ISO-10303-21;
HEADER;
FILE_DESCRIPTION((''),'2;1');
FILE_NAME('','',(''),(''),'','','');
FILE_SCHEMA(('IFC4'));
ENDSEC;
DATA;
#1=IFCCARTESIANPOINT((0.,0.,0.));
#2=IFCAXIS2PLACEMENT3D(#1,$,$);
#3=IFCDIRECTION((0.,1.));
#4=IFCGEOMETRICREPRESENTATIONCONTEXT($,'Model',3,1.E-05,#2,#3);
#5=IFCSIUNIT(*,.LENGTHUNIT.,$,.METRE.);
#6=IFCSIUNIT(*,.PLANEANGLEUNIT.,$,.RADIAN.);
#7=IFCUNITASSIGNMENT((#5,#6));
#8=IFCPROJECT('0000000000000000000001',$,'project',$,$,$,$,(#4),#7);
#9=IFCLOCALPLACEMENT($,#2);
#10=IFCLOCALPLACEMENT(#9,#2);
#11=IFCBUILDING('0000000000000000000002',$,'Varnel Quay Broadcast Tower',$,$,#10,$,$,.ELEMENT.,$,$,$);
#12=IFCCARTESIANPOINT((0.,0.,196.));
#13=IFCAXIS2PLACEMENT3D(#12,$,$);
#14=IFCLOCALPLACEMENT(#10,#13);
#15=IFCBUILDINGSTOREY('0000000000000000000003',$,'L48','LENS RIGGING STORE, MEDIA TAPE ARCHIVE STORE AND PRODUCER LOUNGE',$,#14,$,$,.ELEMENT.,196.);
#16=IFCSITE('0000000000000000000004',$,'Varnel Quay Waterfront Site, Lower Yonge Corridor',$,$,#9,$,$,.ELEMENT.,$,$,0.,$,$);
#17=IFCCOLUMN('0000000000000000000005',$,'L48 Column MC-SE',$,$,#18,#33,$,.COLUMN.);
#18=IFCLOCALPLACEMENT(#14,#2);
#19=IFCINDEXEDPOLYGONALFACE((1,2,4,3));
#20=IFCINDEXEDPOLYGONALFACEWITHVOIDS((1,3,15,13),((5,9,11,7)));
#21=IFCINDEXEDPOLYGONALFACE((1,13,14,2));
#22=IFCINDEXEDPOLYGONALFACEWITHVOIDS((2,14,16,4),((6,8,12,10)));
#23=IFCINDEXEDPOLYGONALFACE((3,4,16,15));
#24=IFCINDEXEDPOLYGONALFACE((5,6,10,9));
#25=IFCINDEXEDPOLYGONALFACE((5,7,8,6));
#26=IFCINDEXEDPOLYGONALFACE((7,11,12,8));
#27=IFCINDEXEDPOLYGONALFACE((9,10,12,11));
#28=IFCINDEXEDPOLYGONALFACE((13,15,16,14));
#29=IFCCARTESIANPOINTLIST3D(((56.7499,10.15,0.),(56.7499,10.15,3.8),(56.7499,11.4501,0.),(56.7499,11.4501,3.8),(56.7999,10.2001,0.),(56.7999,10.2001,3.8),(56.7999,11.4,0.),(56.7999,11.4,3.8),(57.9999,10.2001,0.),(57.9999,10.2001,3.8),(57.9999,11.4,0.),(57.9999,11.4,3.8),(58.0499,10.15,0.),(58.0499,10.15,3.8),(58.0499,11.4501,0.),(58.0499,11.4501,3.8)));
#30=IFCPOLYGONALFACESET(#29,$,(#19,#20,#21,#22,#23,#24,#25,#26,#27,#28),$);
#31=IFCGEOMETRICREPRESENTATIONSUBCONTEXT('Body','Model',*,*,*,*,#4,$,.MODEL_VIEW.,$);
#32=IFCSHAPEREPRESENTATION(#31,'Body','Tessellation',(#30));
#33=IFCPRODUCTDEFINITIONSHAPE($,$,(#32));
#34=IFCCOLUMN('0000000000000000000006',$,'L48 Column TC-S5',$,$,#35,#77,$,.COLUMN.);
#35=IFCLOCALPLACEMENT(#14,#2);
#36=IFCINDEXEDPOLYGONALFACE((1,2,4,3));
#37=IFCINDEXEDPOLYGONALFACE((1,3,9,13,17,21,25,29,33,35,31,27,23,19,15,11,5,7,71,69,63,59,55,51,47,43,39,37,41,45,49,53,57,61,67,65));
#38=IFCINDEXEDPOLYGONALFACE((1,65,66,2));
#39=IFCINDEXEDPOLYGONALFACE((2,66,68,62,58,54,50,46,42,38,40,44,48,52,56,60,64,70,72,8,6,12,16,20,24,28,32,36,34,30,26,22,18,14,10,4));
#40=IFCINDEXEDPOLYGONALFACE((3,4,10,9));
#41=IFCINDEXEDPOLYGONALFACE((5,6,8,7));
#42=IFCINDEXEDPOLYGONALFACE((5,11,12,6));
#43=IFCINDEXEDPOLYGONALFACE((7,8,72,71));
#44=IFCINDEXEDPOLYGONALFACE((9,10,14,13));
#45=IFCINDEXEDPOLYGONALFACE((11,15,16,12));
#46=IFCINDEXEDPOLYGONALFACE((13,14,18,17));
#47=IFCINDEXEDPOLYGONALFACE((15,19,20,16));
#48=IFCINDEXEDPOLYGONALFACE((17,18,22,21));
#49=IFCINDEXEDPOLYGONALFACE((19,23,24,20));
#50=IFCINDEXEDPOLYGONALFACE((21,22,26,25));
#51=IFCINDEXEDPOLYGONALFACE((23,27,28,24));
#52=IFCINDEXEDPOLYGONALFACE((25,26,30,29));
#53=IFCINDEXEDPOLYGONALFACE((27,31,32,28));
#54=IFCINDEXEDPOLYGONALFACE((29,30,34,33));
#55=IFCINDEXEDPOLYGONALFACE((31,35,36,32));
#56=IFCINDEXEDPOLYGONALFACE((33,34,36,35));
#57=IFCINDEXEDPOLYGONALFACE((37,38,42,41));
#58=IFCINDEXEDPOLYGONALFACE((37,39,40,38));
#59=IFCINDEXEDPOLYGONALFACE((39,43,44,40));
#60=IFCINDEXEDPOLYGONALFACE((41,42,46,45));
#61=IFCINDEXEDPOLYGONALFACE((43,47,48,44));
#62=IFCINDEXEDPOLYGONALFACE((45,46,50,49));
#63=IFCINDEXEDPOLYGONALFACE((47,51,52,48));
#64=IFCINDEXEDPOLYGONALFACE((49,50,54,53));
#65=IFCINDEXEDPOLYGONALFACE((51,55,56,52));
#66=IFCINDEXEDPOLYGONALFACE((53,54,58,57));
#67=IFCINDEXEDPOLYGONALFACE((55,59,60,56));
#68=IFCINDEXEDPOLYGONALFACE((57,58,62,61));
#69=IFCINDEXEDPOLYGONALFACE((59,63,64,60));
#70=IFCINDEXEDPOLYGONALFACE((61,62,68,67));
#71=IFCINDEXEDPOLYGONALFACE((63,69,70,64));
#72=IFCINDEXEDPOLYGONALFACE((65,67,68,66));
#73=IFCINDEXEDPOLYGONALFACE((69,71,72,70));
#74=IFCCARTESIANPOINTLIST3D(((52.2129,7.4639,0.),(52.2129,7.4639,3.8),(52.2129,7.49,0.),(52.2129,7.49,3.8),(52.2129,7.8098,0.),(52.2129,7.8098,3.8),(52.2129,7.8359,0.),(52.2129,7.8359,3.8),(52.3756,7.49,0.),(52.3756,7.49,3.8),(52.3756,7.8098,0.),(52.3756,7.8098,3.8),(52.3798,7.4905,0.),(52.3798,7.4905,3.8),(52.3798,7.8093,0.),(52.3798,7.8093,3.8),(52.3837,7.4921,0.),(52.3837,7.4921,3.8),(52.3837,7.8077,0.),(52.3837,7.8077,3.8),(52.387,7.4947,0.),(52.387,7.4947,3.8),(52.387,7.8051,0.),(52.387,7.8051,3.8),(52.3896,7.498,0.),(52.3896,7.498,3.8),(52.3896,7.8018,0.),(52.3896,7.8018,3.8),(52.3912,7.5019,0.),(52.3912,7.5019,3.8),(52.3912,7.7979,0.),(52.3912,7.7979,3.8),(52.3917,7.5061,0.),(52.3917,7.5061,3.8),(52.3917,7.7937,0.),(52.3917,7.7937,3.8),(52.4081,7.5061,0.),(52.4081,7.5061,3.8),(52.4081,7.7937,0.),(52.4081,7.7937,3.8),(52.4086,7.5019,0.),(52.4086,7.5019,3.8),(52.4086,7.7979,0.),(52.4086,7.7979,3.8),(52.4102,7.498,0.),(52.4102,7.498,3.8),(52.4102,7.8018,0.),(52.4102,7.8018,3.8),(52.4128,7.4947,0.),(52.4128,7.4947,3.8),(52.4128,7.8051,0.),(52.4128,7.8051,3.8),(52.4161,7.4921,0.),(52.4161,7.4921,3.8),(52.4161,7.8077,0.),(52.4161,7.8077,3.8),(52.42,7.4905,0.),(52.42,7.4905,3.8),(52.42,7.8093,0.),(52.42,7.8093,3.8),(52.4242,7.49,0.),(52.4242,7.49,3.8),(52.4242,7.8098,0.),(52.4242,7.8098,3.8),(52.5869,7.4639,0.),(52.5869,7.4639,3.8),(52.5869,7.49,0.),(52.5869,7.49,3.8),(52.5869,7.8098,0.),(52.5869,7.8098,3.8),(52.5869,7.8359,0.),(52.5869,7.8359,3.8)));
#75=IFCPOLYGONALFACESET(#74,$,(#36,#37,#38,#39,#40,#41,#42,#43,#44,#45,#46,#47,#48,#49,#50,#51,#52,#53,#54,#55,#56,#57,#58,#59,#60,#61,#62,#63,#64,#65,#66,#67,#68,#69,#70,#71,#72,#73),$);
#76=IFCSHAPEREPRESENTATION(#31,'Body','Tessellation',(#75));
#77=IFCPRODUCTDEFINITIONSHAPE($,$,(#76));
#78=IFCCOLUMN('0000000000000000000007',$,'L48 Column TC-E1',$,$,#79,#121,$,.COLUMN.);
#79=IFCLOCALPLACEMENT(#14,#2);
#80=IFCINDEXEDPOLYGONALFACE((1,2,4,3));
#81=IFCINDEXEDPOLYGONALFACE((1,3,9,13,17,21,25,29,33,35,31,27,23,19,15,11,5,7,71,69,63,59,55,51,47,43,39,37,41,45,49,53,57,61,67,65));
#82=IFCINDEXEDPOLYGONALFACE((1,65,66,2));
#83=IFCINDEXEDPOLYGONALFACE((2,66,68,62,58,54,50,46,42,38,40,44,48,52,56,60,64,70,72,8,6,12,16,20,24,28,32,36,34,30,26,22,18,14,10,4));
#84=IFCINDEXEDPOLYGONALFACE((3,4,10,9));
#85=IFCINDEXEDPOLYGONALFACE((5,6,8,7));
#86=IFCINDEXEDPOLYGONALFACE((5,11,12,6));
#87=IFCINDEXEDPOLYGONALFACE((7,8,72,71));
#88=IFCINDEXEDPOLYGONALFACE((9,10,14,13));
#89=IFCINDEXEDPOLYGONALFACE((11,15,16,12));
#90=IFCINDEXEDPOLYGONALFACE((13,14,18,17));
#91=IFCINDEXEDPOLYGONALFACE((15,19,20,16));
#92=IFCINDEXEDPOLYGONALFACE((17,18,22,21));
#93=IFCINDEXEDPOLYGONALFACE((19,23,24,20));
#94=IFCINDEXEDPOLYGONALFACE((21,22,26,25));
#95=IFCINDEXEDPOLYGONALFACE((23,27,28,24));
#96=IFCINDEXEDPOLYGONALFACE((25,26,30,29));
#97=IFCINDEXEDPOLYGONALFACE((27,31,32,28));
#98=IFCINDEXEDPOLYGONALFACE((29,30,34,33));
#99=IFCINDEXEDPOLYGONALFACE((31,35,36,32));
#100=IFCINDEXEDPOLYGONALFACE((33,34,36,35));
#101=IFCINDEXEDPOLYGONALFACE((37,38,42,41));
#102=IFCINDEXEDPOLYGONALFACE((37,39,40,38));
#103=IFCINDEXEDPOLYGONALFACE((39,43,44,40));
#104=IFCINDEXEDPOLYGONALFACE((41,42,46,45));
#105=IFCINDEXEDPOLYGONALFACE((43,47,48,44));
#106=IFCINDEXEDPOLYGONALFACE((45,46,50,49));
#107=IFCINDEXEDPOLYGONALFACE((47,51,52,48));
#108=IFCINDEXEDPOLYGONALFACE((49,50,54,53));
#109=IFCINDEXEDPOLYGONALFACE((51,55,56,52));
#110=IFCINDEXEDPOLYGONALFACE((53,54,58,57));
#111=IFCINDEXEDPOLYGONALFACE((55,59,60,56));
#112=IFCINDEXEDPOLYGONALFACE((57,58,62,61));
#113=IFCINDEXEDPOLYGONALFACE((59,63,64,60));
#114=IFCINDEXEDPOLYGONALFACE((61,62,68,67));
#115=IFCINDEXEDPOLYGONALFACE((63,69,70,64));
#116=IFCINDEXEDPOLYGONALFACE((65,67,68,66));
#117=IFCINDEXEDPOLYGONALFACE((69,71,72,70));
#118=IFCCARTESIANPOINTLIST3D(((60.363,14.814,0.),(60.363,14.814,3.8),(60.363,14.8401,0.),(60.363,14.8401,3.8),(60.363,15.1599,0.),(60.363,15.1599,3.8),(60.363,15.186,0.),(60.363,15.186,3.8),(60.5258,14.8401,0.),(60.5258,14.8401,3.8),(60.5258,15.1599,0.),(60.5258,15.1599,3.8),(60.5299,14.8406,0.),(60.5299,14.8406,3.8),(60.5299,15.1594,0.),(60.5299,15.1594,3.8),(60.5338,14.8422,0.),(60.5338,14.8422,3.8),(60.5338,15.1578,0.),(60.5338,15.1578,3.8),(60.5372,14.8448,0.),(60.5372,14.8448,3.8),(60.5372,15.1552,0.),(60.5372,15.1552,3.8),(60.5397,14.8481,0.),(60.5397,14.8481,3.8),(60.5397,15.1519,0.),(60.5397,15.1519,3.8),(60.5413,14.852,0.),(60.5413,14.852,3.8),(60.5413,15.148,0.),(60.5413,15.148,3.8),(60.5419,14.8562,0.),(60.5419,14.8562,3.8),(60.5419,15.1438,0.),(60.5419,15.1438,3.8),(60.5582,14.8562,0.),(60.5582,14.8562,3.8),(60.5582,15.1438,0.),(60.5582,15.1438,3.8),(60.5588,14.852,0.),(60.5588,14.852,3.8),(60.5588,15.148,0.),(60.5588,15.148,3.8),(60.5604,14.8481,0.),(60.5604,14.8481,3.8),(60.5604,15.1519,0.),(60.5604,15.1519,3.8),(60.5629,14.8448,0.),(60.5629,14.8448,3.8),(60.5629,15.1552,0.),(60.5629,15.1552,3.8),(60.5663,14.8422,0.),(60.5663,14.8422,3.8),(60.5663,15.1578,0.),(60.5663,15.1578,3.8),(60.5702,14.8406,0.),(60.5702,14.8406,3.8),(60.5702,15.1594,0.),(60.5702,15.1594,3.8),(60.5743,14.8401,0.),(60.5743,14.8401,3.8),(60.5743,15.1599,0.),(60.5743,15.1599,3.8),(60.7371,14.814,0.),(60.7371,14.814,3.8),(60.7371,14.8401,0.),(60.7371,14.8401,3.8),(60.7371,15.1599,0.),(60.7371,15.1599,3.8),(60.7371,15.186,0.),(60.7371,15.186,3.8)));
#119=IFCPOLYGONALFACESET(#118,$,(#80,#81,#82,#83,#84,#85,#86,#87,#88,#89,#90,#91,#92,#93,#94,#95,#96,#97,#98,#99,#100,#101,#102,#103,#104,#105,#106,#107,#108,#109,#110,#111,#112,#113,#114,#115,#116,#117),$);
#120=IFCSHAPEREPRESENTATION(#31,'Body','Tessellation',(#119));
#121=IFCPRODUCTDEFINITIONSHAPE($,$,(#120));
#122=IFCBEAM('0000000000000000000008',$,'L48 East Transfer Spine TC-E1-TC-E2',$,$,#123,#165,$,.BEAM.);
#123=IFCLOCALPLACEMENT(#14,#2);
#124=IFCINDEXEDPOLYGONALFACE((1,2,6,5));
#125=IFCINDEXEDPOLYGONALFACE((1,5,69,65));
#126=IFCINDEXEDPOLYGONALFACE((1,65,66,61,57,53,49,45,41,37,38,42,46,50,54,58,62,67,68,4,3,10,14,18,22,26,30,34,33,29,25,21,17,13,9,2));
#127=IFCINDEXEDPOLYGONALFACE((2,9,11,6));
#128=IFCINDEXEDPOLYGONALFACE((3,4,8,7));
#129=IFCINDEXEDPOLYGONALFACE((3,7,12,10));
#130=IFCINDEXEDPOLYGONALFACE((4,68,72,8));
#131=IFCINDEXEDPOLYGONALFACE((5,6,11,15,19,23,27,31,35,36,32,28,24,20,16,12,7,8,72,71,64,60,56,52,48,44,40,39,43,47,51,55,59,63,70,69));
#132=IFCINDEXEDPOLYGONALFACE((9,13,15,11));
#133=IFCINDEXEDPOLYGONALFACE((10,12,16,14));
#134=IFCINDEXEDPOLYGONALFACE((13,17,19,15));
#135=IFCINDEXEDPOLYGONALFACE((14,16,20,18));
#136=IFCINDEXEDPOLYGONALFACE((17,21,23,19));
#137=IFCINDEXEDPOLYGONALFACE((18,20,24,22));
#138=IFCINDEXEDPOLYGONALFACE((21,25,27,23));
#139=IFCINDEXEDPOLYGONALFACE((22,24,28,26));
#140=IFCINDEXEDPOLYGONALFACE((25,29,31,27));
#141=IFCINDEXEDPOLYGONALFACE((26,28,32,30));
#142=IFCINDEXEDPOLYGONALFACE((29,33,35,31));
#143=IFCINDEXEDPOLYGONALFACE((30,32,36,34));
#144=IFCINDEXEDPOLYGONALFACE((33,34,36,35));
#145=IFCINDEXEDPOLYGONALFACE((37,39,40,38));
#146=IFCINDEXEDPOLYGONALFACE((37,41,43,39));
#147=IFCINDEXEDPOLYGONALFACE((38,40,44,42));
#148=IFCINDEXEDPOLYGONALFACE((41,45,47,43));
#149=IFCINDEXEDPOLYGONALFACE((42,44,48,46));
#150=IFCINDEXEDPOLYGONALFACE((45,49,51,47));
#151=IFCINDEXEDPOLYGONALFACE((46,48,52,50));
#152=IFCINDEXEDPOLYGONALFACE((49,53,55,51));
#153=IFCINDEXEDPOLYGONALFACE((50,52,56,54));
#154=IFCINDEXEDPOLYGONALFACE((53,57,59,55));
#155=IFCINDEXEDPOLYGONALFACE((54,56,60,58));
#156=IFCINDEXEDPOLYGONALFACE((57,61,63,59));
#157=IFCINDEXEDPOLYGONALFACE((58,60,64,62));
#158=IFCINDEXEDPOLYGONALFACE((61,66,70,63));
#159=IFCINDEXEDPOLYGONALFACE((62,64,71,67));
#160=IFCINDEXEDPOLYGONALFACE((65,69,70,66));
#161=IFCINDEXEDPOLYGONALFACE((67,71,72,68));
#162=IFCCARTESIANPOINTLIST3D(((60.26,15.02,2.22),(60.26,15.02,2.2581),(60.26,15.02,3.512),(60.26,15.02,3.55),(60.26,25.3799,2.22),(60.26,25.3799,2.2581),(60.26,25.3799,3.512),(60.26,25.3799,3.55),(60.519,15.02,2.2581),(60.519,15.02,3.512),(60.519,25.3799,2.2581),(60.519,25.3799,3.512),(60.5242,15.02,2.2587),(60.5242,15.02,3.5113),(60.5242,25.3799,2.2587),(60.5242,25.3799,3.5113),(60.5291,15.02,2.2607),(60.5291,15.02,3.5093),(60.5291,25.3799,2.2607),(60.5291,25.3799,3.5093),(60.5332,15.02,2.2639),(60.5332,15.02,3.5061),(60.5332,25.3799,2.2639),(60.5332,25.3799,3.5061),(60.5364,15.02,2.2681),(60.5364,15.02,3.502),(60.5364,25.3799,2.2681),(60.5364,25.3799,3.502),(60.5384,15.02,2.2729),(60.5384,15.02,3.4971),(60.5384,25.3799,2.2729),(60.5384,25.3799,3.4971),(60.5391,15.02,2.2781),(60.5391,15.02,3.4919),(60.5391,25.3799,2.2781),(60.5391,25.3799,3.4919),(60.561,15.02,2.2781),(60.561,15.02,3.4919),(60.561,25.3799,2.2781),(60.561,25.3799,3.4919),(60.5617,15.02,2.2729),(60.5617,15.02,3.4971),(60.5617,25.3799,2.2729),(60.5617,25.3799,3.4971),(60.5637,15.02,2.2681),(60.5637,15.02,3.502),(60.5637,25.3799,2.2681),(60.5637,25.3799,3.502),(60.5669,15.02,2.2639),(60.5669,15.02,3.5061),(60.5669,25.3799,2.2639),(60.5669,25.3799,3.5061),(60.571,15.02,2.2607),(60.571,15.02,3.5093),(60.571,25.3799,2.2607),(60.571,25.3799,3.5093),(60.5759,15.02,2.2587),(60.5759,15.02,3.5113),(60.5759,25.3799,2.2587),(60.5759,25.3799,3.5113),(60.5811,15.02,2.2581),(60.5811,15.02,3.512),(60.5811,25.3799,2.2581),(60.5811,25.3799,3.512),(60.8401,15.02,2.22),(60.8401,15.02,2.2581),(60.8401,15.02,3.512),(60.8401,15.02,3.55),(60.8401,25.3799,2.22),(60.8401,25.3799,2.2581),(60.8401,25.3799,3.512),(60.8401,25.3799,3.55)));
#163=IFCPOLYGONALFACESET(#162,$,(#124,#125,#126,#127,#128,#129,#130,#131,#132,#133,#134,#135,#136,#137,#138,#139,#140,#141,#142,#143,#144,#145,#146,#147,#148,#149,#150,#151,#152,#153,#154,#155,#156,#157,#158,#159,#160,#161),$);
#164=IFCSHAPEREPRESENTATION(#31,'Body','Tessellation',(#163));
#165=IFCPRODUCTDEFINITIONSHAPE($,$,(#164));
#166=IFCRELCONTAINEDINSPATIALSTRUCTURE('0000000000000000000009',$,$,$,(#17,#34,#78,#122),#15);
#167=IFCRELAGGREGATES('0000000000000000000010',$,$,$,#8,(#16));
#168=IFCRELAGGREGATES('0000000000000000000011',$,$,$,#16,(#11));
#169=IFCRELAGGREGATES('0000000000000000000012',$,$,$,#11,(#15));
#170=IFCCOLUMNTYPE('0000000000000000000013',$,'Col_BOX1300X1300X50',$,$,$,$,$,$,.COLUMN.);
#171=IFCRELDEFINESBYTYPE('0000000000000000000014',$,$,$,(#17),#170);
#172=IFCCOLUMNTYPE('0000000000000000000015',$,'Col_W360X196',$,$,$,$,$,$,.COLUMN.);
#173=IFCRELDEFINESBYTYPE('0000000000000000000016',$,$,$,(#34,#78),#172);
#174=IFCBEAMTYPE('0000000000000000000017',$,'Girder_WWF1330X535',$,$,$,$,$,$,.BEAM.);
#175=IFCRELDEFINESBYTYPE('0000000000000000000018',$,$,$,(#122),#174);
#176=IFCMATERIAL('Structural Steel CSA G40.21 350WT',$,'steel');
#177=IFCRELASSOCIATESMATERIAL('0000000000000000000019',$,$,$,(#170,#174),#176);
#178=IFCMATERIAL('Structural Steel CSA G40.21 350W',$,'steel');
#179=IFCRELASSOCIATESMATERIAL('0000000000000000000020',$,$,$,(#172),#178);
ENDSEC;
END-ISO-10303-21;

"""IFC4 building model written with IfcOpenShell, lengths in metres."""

from ifc_helpers import new_model, si_unit, direction, frame, origin, origin_2d, place, context, subcontext, project, spatial, hollow_rectangle, i_section, extrude, source, transform, mapped, material, material_profile, profile_set, type_object, type_shapes, element, save


model = new_model("IFC4")

# Units and contexts
model_context = context("Model", 3, precision=1e-05, world=origin(), true_north=direction((0.0, 1.0)))
body_context = subcontext(model_context, "Body", "Model", "MODEL_VIEW")
ifc_project = project(units=[si_unit("LENGTHUNIT", "METRE"), si_unit("PLANEANGLEUNIT", "RADIAN")], contexts=[model_context])

# Site, building, storey
site_placement = place(None, origin())
site = spatial("IfcSite", under=ifc_project, at=site_placement, Name="Varnel Quay Waterfront Site, Lower Yonge Corridor", CompositionType="ELEMENT", RefElevation=0.0)
building_placement = place(site_placement, origin())
building = spatial("IfcBuilding", under=site, at=building_placement, Name="Varnel Quay Broadcast Tower", CompositionType="ELEMENT")
storey_placement = place(building_placement, frame((0.0, 0.0, 196.0)))
storey = spatial("IfcBuildingStorey", under=building, at=storey_placement, Name="L48", Description="LENS RIGGING STORE, MEDIA TAPE ARCHIVE STORE AND PRODUCER LOUNGE", CompositionType="ELEMENT", Elevation=196.0)

# Columns
ifc_material_1 = material(Name="Structural Steel CSA G40.21 350WT", Category="steel")
ifc_material_profile_1 = material_profile(ifc_material_1, hollow_rectangle(XDim=1.3, YDim=1.3, WallThickness=0.05, at=origin_2d()), Name="BOX1300X1300X50")
ifc_profile_set_1 = profile_set([ifc_material_profile_1], Name="Structural Steel CSA G40.21 350WT")
column_type_1 = type_object("IfcColumnType", Name="Col_BOX1300X1300X50", PredefinedType="COLUMN", material=ifc_profile_set_1)
shared_shape_1 = source(origin(), body_context, "Body", "SweptSolid", [
    extrude(hollow_rectangle(XDim=1.3, YDim=1.3, WallThickness=0.05, at=origin_2d()), origin(), (0.0, 0.0, 1.0), 3.8),
])
type_shapes(column_type_1, [shared_shape_1])
column_placement = place(storey_placement, frame((57.3999, 10.8, 0.0), z_axis=(0.0, 0.0, 1.0), x_axis=(1.0, 0.0, 0.0)))
element("IfcColumn", 1, at=column_placement, inside=storey, type_object=column_type_1, Name="L48 Column MC-SE", PredefinedType="COLUMN", context=body_context, shape_type="MappedRepresentation", body=[
    mapped(shared_shape_1, transform((0.0, 0.0, 0.0), x_axis=(1.0, 0.0, 0.0), y_axis=(0.0, 1.0, 0.0), z_axis=(0.0, 0.0, 1.0), scale=1.0)),
])
ifc_material_2 = material(Name="Structural Steel CSA G40.21 350W", Category="steel")
ifc_material_profile_2 = material_profile(ifc_material_2, i_section(OverallWidth=0.374, OverallDepth=0.3721, WebThickness=0.0164, FlangeThickness=0.0261, FilletRadius=0.0161, at=origin_2d()), Name="W360X196")
ifc_profile_set_2 = profile_set([ifc_material_profile_2], Name="Structural Steel CSA G40.21 350W")
column_type_2 = type_object("IfcColumnType", Name="Col_W360X196", PredefinedType="COLUMN", material=ifc_profile_set_2)
shared_shape_2 = source(origin(), body_context, "Body", "SweptSolid", [
    extrude(i_section(OverallWidth=0.374, OverallDepth=0.3721, WebThickness=0.0164, FlangeThickness=0.0261, FilletRadius=0.0161, at=origin_2d()), origin(), (0.0, 0.0, 1.0), 3.8),
])
type_shapes(column_type_2, [shared_shape_2])
for number, where, z_axis, x_axis, name in (
    (2, (52.3999, 7.6499, 0.0), (0.0, 0.0, 1.0), (1.0, 0.0, 0.0), "L48 Column TC-S5"),
    (3, (60.55, 15.0, 0.0), (0.0, 0.0, 1.0), (1.0, 0.0, 0.0), "L48 Column TC-E1"),
):
    element("IfcColumn", number, at=place(storey_placement, frame(where, z_axis=z_axis, x_axis=x_axis)), inside=storey, type_object=column_type_2, Name=name, PredefinedType="COLUMN", context=body_context, shape_type="MappedRepresentation", body=[
        mapped(shared_shape_2, transform((0.0, 0.0, 0.0), x_axis=(1.0, 0.0, 0.0), y_axis=(0.0, 1.0, 0.0), z_axis=(0.0, 0.0, 1.0), scale=1.0)),
    ])

# Beam
ifc_material_profile_3 = material_profile(ifc_material_1, i_section(OverallWidth=0.5801, OverallDepth=1.3301, WebThickness=0.022, FlangeThickness=0.0381, FilletRadius=0.02, at=origin_2d()), Name="WWF1330X535")
ifc_profile_set_3 = profile_set([ifc_material_profile_3], Name="Structural Steel CSA G40.21 350WT")
beam_type_1 = type_object("IfcBeamType", Name="Girder_WWF1330X535", PredefinedType="BEAM", material=ifc_profile_set_3)
shared_shape_3 = source(origin(), body_context, "Body", "SweptSolid", [
    extrude(i_section(OverallWidth=0.5801, OverallDepth=1.3301, WebThickness=0.022, FlangeThickness=0.0381, FilletRadius=0.02, at=origin_2d()), origin(), (0.0, 0.0, 1.0), 10.3599),
])
beam_1_placement = place(storey_placement, frame((60.55, 15.02, 2.885), z_axis=(0.0, 1.0, 0.0), x_axis=(-1.0, 0.0, 0.0)))
element("IfcBeam", 4, at=beam_1_placement, inside=storey, type_object=beam_type_1, Name="L48 East Transfer Spine TC-E1-TC-E2", PredefinedType="BEAM", context=body_context, shape_type="MappedRepresentation", body=[
    mapped(shared_shape_3, transform((0.0, 0.0, 0.0), x_axis=(1.0, 0.0, 0.0), y_axis=(0.0, 1.0, 0.0), z_axis=(0.0, 0.0, 1.0), scale=1.0)),
])

save(model, "model.ifc")
